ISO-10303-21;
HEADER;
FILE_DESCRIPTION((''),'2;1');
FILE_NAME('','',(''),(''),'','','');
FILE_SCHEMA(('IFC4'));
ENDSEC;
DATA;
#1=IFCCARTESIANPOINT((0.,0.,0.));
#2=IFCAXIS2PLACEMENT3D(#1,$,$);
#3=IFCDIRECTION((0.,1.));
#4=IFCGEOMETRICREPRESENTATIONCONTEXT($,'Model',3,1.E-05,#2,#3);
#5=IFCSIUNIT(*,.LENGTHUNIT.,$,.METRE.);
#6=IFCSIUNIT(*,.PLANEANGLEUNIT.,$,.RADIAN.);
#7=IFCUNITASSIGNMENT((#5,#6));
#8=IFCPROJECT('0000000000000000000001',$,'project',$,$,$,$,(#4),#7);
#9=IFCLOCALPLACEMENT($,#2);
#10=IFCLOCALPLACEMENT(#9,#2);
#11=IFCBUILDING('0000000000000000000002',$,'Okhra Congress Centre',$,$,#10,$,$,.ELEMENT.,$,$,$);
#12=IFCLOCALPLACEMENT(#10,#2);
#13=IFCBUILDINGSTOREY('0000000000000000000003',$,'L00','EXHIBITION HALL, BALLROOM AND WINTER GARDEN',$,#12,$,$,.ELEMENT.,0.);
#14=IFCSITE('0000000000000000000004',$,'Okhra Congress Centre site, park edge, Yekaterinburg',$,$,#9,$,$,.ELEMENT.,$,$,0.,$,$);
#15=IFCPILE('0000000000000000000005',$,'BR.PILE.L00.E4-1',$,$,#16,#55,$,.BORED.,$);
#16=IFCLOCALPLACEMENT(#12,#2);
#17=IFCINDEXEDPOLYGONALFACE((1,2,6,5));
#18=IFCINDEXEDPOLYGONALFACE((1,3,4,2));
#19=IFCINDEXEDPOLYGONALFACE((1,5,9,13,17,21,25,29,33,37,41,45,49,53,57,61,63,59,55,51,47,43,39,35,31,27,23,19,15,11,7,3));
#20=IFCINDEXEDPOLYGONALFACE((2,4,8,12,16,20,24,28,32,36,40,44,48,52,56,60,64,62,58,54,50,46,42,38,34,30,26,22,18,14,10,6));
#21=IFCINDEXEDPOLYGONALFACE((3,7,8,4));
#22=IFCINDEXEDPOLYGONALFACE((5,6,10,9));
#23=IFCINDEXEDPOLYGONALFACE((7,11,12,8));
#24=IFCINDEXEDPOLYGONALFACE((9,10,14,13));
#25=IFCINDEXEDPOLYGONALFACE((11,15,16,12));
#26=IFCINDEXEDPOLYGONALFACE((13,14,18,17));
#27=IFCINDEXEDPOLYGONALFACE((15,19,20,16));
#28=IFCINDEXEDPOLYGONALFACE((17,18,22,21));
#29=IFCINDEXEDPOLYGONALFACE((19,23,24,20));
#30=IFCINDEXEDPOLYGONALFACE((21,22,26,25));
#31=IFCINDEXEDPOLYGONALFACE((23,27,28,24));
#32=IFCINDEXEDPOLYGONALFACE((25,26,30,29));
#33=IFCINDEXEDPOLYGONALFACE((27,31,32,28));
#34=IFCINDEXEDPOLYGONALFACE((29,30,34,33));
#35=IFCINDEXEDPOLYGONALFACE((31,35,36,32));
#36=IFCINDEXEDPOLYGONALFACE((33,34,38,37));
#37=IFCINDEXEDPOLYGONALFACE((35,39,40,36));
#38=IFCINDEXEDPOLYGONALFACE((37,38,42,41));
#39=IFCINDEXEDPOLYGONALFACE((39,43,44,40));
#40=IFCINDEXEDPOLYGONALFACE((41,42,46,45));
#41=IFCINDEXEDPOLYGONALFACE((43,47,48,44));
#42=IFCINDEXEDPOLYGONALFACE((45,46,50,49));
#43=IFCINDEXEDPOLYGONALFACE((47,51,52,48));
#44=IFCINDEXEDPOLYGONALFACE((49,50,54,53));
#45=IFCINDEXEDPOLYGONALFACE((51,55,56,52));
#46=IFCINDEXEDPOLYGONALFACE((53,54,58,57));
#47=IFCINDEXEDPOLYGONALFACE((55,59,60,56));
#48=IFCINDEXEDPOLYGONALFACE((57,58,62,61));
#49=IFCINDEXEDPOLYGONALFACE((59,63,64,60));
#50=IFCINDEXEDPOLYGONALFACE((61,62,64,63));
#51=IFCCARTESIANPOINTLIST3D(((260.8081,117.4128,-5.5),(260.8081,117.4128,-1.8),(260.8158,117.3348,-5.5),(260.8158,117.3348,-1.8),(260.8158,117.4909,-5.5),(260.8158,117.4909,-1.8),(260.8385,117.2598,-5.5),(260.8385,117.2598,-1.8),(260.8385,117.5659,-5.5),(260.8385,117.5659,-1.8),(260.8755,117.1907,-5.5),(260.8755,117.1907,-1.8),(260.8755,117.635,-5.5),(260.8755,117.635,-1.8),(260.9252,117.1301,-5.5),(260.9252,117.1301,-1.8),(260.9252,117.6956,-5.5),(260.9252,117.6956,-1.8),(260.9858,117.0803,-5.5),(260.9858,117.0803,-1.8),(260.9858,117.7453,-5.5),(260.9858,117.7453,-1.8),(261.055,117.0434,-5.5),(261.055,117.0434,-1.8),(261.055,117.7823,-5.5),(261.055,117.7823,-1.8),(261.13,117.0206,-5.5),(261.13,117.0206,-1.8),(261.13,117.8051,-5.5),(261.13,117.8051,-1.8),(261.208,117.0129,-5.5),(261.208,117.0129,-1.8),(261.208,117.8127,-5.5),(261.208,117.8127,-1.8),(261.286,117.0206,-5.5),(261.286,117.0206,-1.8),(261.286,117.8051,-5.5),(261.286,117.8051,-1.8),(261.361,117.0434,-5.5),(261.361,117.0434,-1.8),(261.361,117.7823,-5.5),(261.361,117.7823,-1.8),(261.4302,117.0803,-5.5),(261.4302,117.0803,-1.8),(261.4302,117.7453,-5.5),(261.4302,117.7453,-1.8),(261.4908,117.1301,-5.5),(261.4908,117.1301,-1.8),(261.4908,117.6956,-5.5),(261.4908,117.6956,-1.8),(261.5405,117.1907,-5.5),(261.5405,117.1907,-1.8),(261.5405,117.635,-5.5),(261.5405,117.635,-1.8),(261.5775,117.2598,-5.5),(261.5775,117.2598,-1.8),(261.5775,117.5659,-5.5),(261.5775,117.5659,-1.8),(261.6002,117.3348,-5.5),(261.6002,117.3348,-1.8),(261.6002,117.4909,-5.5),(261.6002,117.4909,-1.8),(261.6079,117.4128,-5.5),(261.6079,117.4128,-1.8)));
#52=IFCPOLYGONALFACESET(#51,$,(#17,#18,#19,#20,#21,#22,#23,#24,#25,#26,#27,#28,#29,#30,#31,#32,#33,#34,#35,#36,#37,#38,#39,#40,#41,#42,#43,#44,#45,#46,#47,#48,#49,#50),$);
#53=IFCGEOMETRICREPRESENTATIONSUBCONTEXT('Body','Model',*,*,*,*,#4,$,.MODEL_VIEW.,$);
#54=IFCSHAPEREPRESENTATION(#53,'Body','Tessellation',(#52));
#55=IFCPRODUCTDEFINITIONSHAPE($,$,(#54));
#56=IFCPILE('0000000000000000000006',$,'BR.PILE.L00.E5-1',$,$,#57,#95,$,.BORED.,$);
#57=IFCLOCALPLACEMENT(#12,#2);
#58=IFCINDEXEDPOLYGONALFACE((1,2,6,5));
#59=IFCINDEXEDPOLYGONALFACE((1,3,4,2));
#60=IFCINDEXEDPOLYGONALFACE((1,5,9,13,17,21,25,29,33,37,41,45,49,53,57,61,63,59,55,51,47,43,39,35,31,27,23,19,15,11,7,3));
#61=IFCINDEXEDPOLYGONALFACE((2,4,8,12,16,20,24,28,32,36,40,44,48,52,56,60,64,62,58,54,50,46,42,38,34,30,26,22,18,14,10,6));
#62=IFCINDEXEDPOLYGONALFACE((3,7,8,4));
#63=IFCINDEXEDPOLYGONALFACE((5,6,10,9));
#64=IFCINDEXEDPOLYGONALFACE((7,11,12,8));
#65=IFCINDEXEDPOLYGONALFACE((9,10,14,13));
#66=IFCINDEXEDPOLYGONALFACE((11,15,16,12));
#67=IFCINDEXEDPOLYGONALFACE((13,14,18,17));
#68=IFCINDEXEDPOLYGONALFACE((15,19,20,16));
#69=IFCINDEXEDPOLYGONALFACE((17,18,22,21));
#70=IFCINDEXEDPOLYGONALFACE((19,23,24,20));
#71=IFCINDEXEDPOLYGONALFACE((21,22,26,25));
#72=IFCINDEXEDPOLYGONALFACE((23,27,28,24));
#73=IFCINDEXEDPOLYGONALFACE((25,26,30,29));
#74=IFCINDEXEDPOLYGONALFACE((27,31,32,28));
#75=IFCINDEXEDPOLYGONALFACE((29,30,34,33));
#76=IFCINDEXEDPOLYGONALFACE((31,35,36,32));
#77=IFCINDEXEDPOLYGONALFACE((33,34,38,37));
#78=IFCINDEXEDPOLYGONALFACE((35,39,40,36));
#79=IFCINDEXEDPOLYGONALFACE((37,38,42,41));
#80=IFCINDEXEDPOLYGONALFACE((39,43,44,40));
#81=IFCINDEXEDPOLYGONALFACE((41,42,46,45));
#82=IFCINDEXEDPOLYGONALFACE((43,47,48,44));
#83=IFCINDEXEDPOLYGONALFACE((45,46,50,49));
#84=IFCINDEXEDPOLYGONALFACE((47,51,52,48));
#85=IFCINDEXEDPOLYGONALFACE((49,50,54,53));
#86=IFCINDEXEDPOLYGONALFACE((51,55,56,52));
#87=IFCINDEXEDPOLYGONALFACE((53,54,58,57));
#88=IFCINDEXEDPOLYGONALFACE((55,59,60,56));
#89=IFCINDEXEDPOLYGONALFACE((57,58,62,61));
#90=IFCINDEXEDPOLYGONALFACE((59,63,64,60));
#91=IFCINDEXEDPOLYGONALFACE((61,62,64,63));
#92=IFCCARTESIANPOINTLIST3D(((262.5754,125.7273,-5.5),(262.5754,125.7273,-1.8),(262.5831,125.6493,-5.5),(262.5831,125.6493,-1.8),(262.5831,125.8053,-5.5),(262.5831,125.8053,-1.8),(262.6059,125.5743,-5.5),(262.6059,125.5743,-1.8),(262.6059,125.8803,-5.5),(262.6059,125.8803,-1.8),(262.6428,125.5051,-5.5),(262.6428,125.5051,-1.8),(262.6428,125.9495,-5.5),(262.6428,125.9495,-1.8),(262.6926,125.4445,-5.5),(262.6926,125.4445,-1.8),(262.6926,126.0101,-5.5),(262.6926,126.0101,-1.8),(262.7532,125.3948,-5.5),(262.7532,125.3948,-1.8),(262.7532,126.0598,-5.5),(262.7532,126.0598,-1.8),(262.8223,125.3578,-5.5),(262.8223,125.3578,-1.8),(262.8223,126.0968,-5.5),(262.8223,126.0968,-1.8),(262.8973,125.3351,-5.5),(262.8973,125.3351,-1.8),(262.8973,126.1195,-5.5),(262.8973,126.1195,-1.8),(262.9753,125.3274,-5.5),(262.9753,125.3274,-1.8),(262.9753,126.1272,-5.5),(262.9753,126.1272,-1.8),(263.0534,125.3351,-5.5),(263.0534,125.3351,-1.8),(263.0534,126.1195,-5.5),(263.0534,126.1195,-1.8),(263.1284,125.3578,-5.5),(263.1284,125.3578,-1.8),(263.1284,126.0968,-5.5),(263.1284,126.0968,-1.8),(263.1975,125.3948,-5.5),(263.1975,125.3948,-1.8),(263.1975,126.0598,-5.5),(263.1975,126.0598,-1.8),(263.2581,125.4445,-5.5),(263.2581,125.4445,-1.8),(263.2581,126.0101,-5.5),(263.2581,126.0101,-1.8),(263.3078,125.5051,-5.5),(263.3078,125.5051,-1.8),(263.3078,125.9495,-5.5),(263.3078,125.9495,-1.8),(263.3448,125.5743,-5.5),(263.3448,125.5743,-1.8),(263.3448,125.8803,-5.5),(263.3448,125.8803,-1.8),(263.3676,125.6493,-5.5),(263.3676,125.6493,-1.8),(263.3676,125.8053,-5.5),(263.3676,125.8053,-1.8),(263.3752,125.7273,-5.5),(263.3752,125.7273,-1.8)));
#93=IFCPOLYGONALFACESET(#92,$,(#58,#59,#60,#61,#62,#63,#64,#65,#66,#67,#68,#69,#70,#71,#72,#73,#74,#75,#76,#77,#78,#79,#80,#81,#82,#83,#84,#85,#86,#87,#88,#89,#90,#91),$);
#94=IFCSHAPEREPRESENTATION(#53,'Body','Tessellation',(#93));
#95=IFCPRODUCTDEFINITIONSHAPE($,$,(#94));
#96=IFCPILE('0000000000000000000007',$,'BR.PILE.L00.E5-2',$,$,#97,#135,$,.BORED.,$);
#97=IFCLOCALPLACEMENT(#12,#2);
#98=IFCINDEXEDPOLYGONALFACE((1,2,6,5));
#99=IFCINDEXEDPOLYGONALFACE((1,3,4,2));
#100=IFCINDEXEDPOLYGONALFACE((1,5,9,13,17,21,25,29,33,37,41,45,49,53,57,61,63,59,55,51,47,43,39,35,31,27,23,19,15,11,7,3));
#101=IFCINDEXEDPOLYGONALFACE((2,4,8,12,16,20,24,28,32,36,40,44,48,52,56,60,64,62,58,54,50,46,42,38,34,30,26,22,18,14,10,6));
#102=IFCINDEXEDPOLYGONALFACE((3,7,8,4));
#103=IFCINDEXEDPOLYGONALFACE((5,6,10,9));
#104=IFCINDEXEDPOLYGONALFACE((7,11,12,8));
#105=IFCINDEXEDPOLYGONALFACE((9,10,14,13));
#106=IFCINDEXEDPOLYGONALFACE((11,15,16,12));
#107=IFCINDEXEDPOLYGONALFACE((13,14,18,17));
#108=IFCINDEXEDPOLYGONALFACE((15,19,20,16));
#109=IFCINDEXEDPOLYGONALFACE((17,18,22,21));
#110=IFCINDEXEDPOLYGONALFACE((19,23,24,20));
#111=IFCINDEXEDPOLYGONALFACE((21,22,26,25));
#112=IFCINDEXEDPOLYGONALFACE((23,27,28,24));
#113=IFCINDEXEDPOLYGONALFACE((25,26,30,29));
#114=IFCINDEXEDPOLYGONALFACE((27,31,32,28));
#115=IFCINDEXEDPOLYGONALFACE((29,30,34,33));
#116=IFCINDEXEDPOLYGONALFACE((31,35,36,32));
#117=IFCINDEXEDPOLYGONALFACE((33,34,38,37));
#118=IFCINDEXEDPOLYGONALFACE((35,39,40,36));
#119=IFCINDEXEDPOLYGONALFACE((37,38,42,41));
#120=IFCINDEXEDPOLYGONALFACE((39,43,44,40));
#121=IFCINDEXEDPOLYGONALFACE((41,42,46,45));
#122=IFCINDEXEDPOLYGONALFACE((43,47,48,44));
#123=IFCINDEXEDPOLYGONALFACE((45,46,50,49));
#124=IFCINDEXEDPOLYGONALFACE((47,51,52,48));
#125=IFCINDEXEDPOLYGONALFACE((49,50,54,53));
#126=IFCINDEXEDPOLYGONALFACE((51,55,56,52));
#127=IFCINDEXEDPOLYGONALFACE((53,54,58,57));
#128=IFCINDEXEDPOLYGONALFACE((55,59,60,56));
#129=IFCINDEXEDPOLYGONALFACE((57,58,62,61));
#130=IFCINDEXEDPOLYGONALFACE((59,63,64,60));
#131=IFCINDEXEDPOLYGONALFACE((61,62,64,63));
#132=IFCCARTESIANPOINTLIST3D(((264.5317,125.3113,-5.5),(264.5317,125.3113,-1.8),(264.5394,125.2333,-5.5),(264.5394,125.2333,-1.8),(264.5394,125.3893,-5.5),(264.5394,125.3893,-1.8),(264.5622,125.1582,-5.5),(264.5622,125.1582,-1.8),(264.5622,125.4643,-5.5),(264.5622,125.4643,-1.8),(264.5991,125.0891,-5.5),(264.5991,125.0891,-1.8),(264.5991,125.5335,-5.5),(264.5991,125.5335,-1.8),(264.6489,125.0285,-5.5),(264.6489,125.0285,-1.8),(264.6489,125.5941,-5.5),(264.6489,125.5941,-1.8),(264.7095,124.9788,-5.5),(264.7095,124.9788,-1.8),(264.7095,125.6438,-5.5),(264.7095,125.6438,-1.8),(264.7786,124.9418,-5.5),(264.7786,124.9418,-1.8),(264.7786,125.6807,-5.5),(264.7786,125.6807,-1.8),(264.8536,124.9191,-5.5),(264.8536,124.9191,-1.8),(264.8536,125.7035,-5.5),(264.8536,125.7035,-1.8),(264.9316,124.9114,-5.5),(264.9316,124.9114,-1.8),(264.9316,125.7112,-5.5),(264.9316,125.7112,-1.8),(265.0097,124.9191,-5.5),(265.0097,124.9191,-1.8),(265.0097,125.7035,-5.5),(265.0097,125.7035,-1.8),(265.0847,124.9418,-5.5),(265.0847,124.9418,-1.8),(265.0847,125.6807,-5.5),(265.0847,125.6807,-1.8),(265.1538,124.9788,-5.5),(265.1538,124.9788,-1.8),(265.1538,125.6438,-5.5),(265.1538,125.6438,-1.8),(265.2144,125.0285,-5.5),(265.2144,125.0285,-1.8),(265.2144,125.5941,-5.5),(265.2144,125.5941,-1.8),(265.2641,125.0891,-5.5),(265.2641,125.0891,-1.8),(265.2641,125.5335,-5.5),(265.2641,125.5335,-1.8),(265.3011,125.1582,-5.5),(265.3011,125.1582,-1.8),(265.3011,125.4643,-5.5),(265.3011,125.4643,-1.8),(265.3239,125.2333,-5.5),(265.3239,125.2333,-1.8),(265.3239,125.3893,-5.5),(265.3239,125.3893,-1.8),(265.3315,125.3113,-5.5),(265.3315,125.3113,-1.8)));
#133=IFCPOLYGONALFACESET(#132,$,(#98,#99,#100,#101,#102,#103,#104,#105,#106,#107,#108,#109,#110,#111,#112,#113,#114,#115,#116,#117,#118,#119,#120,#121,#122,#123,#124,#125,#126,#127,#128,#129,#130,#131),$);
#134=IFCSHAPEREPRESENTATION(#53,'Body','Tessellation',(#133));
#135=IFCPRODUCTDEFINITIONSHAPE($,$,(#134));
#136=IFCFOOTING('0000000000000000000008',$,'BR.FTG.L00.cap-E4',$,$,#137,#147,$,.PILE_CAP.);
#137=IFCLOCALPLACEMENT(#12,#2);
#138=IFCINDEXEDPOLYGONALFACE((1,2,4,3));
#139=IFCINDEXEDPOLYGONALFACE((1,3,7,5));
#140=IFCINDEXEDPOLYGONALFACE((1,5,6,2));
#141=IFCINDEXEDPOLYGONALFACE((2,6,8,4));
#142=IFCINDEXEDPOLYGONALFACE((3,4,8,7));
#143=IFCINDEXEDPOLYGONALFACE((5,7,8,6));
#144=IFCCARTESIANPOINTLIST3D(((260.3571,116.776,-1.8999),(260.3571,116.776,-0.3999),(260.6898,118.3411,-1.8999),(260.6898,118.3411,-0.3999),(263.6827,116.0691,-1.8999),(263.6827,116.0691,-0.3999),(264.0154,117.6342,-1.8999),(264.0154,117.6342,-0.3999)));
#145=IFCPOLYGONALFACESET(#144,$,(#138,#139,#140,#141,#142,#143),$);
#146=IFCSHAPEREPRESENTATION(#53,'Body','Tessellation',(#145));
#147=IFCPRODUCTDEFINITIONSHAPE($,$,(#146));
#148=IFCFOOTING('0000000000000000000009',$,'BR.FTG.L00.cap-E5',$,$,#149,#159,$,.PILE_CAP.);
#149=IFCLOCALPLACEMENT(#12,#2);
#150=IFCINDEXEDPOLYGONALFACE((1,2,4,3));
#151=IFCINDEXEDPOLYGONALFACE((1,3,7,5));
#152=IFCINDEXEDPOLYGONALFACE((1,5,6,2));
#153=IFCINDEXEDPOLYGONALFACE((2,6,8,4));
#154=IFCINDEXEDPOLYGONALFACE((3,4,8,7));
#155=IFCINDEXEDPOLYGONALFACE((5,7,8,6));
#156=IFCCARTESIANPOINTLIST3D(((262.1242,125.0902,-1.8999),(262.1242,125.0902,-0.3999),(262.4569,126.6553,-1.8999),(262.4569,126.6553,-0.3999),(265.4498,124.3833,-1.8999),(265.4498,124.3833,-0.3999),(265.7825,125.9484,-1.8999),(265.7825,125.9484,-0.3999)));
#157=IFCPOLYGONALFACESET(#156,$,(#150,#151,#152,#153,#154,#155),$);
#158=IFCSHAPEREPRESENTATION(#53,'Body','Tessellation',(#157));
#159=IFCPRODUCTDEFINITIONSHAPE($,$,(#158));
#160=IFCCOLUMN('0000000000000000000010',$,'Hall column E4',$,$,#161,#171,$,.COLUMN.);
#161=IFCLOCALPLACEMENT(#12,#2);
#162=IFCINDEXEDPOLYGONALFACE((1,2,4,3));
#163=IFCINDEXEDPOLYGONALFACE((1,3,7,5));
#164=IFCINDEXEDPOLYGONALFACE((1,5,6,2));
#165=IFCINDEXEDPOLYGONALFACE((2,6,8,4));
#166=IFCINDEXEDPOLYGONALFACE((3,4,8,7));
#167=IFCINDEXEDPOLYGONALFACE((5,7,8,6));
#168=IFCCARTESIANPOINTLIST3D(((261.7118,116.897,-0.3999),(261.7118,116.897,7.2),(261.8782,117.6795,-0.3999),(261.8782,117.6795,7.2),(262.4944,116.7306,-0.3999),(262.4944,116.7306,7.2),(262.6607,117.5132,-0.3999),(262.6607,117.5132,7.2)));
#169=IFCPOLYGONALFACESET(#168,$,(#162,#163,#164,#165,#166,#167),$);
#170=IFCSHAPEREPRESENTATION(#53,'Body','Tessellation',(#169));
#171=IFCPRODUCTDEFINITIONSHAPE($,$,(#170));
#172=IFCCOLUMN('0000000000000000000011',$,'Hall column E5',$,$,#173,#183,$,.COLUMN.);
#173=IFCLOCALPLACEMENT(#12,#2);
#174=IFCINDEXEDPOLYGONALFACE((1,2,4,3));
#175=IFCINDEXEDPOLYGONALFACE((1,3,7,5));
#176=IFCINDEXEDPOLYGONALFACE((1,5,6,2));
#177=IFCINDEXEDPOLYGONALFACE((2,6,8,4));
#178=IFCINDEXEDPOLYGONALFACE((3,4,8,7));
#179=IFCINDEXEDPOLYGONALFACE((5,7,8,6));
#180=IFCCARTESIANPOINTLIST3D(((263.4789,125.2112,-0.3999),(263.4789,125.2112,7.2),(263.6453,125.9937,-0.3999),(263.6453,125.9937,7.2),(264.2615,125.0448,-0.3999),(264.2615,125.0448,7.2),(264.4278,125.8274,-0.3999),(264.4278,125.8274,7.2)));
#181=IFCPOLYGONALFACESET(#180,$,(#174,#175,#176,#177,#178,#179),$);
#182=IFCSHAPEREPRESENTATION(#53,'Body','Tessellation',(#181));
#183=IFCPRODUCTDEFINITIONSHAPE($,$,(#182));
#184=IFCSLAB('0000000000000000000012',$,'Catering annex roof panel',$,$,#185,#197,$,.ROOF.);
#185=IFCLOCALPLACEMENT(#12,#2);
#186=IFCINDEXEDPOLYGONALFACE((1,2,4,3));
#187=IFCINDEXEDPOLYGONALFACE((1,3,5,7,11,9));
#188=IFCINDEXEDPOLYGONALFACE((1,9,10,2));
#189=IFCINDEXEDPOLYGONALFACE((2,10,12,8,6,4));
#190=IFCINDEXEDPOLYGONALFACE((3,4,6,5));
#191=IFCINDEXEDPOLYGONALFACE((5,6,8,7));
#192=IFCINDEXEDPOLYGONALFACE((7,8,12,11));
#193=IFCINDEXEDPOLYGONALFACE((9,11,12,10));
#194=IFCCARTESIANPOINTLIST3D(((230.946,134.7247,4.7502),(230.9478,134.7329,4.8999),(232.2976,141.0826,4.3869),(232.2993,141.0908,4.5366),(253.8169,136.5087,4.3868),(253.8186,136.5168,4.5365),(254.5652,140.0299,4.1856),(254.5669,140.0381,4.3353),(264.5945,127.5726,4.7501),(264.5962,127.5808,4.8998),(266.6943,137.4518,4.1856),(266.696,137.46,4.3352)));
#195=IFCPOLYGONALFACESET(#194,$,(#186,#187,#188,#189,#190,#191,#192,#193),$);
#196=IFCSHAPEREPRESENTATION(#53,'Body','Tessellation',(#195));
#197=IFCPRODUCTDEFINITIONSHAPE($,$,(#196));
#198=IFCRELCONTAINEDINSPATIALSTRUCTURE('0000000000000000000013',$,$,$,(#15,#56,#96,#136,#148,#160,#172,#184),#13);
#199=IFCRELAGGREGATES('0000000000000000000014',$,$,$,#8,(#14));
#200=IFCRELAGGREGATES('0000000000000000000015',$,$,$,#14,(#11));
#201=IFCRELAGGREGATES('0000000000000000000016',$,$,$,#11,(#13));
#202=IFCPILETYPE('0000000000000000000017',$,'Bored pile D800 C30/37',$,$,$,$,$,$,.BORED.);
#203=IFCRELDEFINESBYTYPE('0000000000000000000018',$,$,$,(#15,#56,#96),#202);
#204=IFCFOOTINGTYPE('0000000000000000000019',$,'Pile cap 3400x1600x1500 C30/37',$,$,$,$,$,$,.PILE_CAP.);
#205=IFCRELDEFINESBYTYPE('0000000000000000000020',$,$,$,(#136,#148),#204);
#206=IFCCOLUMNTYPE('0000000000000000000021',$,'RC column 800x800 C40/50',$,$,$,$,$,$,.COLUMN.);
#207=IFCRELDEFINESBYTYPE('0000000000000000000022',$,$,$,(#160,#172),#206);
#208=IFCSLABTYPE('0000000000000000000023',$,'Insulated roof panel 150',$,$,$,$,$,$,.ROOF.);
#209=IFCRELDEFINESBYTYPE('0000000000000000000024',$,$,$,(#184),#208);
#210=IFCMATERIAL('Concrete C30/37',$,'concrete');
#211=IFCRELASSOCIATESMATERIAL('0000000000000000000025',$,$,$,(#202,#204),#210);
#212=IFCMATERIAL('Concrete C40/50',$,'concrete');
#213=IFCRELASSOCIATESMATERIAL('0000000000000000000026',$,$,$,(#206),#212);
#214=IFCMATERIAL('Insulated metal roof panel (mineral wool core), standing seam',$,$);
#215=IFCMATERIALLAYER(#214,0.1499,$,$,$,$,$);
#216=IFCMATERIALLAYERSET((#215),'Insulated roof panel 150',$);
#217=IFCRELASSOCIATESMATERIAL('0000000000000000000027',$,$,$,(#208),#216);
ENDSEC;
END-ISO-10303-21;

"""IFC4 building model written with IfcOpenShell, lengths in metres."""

from ifc_helpers import new_model, si_unit, direction, frame, origin, origin_2d, place, context, subcontext, project, spatial, polyline, rectangle, circle, outline, extrude, material, layer, layer_set, material_profile, profile_set, type_object, element, save


model = new_model("IFC4")

# Units and contexts
model_context = context("Model", 3, precision=1e-05, world=origin(), true_north=direction((0.0, 1.0)))
body_context = subcontext(model_context, "Body", "Model", "MODEL_VIEW")
ifc_project = project(units=[si_unit("LENGTHUNIT", "METRE"), si_unit("PLANEANGLEUNIT", "RADIAN")], contexts=[model_context])

# Site, building, storey
site_placement = place(None, origin())
site = spatial("IfcSite", under=ifc_project, at=site_placement, Name="Okhra Congress Centre site, park edge, Yekaterinburg", CompositionType="ELEMENT", RefElevation=0.0)
building_placement = place(site_placement, origin())
building = spatial("IfcBuilding", under=site, at=building_placement, Name="Okhra Congress Centre", CompositionType="ELEMENT")
storey_placement = place(building_placement, origin())
storey = spatial("IfcBuildingStorey", under=building, at=storey_placement, Name="L00", Description="EXHIBITION HALL, BALLROOM AND WINTER GARDEN", CompositionType="ELEMENT", Elevation=0.0)

# Piles
ifc_material_1 = material(Name="Concrete C30/37", Category="concrete")
ifc_material_profile_1 = material_profile(ifc_material_1, circle(Radius=0.3999, at=origin_2d()), Name="D800")
ifc_profile_set_1 = profile_set([ifc_material_profile_1], Name="Concrete C30/37")
pile_type = type_object("IfcPileType", Name="Bored pile D800 C30/37", PredefinedType="BORED", material=ifc_profile_set_1)
for number, where, z_axis, x_axis, name in (
    (1, (261.208, 117.4128, -1.8), (0.0, 0.0, -1.0), (1.0, 0.0, 0.0), "BR.PILE.L00.E4-1"),
    (2, (262.9753, 125.7273, -1.8), (0.0, 0.0, -1.0), (1.0, 0.0, 0.0), "BR.PILE.L00.E5-1"),
    (3, (264.9316, 125.3113, -1.8), (0.0, 0.0, -1.0), (1.0, 0.0, 0.0), "BR.PILE.L00.E5-2"),
):
    element("IfcPile", number, at=place(storey_placement, frame(where, z_axis=z_axis, x_axis=x_axis)), inside=storey, type_object=pile_type, Name=name, PredefinedType="BORED", context=body_context, shape_type="SweptSolid", body=[
        extrude(circle(Radius=0.3999, at=origin_2d()), origin(), (0.0, 0.0, 1.0), 3.7),
    ])

# Footings
footing_type = type_object("IfcFootingType", Name="Pile cap 3400x1600x1500 C30/37", PredefinedType="PILE_CAP", material=ifc_material_1)
for number, where, z_axis, x_axis, name in (
    (4, (262.1863, 117.2051, -1.8999), (0.0, 0.0, 1.0), (0.978148, -0.207912, 0.0), "BR.FTG.L00.cap-E4"),
    (5, (263.9534, 125.5193, -1.8999), (0.0, 0.0, 1.0), (0.978148, -0.207912, 0.0), "BR.FTG.L00.cap-E5"),
):
    element("IfcFooting", number, at=place(storey_placement, frame(where, z_axis=z_axis, x_axis=x_axis)), inside=storey, type_object=footing_type, Name=name, PredefinedType="PILE_CAP", context=body_context, shape_type="SweptSolid", body=[
        extrude(rectangle(XDim=3.3999, YDim=1.6001, at=origin_2d()), origin(), (0.0, 0.0, 1.0), 1.5),
    ])

# Columns
ifc_material_2 = material(Name="Concrete C40/50", Category="concrete")
ifc_material_profile_2 = material_profile(ifc_material_2, rectangle(XDim=0.8, YDim=0.8, at=origin_2d()), Name="RC 800x800")
ifc_profile_set_2 = profile_set([ifc_material_profile_2], Name="Concrete C40/50")
column_type = type_object("IfcColumnType", Name="RC column 800x800 C40/50", PredefinedType="COLUMN", material=ifc_profile_set_2)
for number, where, z_axis, x_axis, name in (
    (6, (262.1863, 117.2051, -0.3999), (0.0, 0.0, 1.0), (0.978148, -0.207912, 0.0), "Hall column E4"),
    (7, (263.9534, 125.5193, -0.3999), (0.0, 0.0, 1.0), (0.978148, -0.207912, 0.0), "Hall column E5"),
):
    element("IfcColumn", number, at=place(storey_placement, frame(where, z_axis=z_axis, x_axis=x_axis)), inside=storey, type_object=column_type, Name=name, PredefinedType="COLUMN", context=body_context, shape_type="SweptSolid", body=[
        extrude(rectangle(XDim=0.8, YDim=0.8, at=origin_2d()), origin(), (0.0, 0.0, 1.0), 7.5999),
    ])

# Slab
ifc_material_3 = material(Name="Insulated metal roof panel (mineral wool core), standing seam")
ifc_layer_1 = layer(ifc_material_3, 0.1499)
ifc_layer_set_1 = layer_set([ifc_layer_1], Name="Insulated roof panel 150")
slab_type = type_object("IfcSlabType", Name="Insulated roof panel 150", PredefinedType="ROOF", material=ifc_layer_set_1)
slab_placement = place(storey_placement, frame((230.9478, 134.7329, 4.8999), z_axis=(0.011607, 0.054592, 0.998441), x_axis=(0.978148, -0.207909, -0.000003)))
element("IfcSlab", 8, at=slab_placement, inside=storey, type_object=slab_type, Name="Catering annex roof panel", PredefinedType="ROOF", context=body_context, shape_type="SweptSolid", body=[
    extrude(outline(polyline([(0.0, 0.0), (34.4001, 0.0), (34.4001, 10.1156), (22.0, 10.1157), (22.0002, 6.5102), (0.0002, 6.5101), (0.0, 0.0)])), origin(), (0.0, 0.0, -1.0), 0.1499),
])

save(model, "model.ifc")
